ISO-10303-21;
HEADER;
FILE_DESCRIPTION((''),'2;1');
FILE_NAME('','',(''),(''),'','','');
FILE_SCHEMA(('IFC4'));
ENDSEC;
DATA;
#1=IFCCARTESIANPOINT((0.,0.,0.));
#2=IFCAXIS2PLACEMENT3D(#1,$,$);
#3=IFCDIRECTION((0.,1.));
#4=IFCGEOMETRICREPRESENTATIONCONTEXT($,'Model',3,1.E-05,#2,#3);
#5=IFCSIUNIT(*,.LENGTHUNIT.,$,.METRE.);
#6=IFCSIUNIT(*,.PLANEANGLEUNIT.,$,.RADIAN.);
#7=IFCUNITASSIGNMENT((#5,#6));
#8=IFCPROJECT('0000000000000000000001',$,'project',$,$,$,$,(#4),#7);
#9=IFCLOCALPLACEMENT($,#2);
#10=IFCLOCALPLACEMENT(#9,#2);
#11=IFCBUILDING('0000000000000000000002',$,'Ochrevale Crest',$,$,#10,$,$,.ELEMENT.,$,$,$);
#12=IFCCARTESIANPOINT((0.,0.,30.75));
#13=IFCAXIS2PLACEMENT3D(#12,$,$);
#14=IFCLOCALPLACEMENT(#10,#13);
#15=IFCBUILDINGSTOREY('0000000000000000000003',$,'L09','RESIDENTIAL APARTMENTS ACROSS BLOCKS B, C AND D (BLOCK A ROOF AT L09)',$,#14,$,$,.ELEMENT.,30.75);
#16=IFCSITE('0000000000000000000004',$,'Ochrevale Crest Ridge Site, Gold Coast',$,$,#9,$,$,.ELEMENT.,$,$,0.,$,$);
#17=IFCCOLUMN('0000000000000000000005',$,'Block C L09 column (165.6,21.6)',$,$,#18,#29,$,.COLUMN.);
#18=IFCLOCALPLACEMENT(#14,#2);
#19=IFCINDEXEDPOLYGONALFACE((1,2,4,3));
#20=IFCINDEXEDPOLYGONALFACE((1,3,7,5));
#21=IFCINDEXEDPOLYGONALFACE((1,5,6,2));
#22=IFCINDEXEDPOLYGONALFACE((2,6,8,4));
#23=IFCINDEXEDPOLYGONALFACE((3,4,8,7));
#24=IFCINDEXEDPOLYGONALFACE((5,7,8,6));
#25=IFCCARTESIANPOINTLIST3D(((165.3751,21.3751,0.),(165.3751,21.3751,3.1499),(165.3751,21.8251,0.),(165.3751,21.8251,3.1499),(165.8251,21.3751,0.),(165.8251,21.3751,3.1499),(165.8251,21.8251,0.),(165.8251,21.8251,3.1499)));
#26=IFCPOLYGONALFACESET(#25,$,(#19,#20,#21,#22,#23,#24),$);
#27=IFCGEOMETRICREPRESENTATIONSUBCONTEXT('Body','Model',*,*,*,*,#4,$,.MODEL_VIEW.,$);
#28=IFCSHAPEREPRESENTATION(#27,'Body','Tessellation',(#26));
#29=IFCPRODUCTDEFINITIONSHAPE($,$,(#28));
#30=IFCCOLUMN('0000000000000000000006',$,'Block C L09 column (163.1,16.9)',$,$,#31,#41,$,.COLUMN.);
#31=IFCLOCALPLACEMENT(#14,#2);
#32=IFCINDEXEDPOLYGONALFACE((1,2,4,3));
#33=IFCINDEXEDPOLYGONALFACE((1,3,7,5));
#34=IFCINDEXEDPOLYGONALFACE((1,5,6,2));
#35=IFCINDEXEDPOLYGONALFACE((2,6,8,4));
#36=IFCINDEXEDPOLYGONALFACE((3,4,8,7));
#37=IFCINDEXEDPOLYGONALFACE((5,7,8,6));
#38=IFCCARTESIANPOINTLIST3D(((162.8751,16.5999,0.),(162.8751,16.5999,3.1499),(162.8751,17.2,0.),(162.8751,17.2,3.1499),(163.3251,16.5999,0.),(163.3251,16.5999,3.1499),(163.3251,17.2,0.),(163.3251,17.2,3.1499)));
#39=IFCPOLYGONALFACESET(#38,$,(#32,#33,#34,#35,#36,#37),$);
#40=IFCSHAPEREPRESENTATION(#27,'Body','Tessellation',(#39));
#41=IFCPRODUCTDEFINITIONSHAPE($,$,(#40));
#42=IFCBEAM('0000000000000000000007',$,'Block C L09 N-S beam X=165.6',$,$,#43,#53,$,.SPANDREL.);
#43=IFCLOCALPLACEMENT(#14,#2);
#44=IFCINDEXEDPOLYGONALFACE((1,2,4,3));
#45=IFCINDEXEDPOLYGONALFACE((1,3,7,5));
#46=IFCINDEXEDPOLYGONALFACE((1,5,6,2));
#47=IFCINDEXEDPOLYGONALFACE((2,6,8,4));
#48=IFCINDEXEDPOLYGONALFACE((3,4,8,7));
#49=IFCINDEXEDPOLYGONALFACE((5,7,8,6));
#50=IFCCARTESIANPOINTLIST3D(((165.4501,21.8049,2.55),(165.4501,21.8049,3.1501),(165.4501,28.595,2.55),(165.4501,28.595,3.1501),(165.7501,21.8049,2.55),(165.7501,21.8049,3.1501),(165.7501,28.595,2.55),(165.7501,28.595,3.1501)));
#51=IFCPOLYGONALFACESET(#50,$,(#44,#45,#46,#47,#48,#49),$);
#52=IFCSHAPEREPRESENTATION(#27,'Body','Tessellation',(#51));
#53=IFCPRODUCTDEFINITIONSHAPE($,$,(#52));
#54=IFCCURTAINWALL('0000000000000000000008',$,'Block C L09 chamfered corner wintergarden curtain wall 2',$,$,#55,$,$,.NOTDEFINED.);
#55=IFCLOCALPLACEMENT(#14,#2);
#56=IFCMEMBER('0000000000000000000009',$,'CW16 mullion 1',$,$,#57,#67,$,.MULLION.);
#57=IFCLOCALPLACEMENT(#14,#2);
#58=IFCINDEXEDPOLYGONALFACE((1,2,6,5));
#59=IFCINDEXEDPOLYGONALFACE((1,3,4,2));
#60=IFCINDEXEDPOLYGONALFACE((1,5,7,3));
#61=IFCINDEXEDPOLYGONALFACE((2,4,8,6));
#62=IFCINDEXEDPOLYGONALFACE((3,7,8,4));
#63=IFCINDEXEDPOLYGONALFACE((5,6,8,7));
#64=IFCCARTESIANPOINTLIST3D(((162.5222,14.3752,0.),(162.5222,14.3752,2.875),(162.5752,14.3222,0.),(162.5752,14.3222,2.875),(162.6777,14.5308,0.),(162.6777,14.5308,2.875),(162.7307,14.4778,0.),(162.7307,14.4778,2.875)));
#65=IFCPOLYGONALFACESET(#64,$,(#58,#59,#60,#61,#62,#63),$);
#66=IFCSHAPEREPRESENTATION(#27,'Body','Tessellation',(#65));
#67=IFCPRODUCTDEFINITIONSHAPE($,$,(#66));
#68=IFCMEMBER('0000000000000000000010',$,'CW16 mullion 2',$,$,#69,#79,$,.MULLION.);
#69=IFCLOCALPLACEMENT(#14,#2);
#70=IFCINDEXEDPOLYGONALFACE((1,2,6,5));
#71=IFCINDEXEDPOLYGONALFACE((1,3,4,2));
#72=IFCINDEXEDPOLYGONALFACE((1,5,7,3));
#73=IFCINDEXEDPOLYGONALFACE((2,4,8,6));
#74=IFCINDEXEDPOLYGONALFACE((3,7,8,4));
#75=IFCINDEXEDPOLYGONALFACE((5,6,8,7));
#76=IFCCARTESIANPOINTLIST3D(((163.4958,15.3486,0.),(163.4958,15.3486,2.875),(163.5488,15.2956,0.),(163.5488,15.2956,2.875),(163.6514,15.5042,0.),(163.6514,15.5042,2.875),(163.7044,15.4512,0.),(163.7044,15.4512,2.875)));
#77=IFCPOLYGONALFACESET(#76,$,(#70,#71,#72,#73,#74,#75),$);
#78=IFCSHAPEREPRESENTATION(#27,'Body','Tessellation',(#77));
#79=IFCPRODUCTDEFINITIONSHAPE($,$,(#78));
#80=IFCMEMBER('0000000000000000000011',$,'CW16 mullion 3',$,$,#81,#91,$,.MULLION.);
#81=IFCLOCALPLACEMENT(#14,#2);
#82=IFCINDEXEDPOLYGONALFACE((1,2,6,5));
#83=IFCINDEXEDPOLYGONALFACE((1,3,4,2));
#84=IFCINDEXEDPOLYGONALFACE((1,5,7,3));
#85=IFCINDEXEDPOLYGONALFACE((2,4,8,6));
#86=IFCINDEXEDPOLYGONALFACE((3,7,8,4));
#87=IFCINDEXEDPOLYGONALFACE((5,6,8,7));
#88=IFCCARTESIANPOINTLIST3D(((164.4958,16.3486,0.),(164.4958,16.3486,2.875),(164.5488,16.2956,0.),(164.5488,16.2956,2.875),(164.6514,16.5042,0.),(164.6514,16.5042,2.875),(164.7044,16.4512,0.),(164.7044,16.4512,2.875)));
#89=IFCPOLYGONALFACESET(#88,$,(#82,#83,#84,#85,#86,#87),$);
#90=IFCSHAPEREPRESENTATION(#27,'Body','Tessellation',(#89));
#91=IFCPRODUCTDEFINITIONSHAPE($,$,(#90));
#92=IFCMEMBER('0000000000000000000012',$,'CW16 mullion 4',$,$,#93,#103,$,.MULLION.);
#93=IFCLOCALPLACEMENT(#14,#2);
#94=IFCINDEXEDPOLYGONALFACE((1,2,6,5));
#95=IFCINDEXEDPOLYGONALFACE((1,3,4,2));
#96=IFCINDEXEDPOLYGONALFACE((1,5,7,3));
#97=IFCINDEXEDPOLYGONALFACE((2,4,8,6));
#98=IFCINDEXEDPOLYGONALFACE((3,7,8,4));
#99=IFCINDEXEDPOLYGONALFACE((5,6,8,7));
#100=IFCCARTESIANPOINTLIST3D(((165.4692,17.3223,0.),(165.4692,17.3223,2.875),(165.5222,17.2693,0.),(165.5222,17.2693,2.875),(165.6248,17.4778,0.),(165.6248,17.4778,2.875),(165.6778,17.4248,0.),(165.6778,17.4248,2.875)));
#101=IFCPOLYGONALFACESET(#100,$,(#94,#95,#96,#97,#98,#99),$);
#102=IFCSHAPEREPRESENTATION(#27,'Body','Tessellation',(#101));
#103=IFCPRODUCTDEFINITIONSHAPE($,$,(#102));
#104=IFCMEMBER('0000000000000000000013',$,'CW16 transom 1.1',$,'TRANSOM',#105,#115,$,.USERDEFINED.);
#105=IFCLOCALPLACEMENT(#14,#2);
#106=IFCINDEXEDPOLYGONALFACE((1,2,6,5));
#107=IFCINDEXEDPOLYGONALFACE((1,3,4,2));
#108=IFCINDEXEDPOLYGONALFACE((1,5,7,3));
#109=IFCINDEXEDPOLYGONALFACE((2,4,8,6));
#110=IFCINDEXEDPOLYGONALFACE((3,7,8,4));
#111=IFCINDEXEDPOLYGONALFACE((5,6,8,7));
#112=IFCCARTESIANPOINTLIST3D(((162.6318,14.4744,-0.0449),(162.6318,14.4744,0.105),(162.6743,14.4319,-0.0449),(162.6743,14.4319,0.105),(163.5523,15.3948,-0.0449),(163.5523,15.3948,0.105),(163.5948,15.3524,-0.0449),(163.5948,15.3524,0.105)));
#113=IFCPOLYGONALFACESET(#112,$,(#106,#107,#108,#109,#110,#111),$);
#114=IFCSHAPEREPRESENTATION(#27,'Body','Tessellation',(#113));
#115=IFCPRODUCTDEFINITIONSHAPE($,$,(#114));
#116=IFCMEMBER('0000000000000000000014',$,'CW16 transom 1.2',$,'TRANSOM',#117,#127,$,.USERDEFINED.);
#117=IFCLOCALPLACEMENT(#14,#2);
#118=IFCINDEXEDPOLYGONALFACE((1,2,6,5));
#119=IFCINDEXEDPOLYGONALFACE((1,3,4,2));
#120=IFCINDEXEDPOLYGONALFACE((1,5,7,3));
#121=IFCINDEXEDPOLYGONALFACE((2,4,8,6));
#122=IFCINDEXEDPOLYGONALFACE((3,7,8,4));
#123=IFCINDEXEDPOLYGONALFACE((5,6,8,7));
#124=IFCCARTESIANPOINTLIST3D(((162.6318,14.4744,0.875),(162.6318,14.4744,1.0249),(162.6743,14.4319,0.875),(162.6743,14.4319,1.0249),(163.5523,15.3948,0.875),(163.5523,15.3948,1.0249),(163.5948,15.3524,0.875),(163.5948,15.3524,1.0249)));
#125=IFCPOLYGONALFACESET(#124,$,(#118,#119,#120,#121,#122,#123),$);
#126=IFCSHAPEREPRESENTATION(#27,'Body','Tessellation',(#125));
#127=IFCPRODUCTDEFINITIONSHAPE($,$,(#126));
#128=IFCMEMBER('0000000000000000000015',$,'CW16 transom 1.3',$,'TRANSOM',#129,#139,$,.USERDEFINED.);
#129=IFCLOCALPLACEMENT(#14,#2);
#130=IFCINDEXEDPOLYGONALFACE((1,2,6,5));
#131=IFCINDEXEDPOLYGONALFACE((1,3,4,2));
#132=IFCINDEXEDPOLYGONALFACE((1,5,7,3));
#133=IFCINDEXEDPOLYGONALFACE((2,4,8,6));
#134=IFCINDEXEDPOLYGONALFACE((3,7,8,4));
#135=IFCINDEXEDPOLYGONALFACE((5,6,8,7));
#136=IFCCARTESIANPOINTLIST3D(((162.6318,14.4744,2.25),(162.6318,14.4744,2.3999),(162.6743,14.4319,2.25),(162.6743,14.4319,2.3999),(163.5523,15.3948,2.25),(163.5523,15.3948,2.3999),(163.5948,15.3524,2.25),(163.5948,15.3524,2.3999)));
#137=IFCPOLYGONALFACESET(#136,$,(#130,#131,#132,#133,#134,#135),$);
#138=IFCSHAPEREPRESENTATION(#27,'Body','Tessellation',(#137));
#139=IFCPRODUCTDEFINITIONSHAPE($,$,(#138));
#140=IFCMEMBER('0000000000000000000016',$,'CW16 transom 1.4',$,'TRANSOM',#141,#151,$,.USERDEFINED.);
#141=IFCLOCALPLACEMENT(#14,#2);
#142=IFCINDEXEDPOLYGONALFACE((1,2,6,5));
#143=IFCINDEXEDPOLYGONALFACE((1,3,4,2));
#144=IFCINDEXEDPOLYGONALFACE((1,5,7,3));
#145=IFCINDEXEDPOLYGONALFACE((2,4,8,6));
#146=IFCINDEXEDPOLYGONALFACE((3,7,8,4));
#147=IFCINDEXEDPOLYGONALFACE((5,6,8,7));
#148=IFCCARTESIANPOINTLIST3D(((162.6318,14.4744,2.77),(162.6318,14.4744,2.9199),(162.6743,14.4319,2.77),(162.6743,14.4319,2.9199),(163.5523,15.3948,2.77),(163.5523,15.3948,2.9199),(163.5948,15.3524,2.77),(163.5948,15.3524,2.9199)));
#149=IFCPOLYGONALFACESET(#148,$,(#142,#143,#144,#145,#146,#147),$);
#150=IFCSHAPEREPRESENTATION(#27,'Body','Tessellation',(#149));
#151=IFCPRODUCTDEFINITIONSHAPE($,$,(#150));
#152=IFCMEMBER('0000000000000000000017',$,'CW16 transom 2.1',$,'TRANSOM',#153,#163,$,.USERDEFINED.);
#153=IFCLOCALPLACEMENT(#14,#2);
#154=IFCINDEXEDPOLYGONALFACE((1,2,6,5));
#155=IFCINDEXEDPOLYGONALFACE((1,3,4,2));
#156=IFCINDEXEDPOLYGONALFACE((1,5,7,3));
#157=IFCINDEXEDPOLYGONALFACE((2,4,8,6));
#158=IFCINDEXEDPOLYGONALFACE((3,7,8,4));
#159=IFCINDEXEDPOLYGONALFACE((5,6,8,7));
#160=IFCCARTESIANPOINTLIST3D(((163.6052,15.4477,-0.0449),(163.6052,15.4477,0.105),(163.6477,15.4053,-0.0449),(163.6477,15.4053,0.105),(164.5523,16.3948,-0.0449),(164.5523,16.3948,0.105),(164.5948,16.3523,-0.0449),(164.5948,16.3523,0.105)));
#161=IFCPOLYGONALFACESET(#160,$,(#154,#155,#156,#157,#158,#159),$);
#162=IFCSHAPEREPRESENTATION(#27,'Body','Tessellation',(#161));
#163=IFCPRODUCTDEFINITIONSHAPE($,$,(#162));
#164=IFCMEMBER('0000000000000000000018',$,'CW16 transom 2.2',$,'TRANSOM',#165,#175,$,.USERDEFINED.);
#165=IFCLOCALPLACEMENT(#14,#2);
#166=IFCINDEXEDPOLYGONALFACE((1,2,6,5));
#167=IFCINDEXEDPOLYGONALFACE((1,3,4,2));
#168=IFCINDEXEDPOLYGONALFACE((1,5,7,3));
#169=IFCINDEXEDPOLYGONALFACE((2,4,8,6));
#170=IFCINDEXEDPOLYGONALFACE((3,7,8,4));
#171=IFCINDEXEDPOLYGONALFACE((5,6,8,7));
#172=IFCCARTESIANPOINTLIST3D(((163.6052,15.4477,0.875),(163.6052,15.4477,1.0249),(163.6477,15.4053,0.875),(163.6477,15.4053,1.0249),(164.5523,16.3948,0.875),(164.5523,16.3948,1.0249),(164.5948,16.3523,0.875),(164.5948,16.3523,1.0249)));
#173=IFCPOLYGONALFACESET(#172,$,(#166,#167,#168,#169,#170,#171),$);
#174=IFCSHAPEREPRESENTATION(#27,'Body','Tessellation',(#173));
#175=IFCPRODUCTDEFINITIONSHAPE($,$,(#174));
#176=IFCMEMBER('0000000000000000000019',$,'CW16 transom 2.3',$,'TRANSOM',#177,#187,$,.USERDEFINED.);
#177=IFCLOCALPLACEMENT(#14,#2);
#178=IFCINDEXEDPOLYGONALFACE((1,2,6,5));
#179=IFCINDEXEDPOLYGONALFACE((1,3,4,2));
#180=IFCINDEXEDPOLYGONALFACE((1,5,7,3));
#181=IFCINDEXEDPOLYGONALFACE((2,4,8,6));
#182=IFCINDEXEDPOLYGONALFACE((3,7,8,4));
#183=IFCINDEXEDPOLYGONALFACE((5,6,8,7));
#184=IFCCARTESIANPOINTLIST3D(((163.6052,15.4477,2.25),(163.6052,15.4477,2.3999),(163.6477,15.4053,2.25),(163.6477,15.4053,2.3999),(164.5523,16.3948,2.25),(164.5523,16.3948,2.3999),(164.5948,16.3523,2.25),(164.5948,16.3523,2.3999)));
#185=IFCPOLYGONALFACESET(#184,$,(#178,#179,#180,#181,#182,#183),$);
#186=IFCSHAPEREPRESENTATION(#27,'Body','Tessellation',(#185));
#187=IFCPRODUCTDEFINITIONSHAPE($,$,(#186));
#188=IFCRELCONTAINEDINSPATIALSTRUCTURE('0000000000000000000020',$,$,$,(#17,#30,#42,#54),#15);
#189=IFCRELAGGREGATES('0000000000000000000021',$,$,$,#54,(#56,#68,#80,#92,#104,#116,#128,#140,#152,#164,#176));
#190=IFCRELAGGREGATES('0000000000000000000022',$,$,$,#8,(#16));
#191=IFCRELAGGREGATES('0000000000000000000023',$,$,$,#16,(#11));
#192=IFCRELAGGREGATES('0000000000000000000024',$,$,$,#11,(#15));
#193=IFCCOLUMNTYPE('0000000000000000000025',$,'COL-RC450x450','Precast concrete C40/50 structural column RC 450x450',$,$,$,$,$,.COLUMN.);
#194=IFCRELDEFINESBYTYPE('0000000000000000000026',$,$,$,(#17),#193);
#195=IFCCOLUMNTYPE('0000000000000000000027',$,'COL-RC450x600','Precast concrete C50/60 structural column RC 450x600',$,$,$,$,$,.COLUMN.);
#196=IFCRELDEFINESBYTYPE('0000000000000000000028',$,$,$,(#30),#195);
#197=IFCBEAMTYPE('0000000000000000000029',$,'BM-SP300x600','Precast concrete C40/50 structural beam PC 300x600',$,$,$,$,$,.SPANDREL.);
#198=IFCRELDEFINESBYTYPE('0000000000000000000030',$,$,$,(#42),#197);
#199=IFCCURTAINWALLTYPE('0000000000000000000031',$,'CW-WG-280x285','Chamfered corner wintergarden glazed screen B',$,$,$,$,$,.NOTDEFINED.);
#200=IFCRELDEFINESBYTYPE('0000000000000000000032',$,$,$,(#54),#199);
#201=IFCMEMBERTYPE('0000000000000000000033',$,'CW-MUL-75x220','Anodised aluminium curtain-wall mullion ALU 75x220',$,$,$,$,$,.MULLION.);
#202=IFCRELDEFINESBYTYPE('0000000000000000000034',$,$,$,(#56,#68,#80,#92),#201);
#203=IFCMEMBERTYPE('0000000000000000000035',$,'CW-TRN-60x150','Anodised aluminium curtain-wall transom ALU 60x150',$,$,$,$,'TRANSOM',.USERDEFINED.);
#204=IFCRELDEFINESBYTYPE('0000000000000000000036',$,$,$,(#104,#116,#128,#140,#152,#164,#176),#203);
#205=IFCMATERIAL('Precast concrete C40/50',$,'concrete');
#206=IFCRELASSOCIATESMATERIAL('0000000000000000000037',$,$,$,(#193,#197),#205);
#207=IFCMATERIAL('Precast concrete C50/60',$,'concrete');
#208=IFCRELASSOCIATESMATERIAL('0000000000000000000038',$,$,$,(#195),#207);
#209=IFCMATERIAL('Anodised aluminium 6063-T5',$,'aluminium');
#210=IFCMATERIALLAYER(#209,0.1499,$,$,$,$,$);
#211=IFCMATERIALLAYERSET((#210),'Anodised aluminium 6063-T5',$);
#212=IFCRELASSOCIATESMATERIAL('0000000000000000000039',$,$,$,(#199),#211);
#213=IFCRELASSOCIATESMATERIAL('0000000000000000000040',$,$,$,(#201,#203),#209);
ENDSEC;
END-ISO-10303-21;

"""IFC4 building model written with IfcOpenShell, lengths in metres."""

from ifc_helpers import new_model, si_unit, direction, frame, origin, origin_2d, place, context, subcontext, project, spatial, rectangle, extrude, material, layer, layer_set, material_profile, profile_set, type_object, element, aggregate, save


model = new_model("IFC4")

# Units and contexts
model_context = context("Model", 3, precision=1e-05, world=origin(), true_north=direction((0.0, 1.0)))
body_context = subcontext(model_context, "Body", "Model", "MODEL_VIEW")
ifc_project = project(units=[si_unit("LENGTHUNIT", "METRE"), si_unit("PLANEANGLEUNIT", "RADIAN")], contexts=[model_context])

# Site, building, storey
site_placement = place(None, origin())
site = spatial("IfcSite", under=ifc_project, at=site_placement, Name="Ochrevale Crest Ridge Site, Gold Coast", CompositionType="ELEMENT", RefElevation=0.0)
building_placement = place(site_placement, origin())
building = spatial("IfcBuilding", under=site, at=building_placement, Name="Ochrevale Crest", CompositionType="ELEMENT")
storey_placement = place(building_placement, frame((0.0, 0.0, 30.75)))
storey = spatial("IfcBuildingStorey", under=building, at=storey_placement, Name="L09", Description="RESIDENTIAL APARTMENTS ACROSS BLOCKS B, C AND D (BLOCK A ROOF AT L09)", CompositionType="ELEMENT", Elevation=30.75)

# Columns
ifc_material_1 = material(Name="Precast concrete C40/50", Category="concrete")
ifc_material_profile_1 = material_profile(ifc_material_1, rectangle(XDim=0.45, YDim=0.45, at=origin_2d()), Name="RC 450x450")
ifc_profile_set_1 = profile_set([ifc_material_profile_1], Name="Precast concrete C40/50")
column_type_1 = type_object("IfcColumnType", Name="COL-RC450x450", Description="Precast concrete C40/50 structural column RC 450x450", PredefinedType="COLUMN", material=ifc_profile_set_1)
column_1_placement = place(storey_placement, frame((165.6001, 21.6001, 0.0), z_axis=(0.0, 0.0, 1.0), x_axis=(1.0, 0.0, 0.0)))
element("IfcColumn", 1, at=column_1_placement, inside=storey, type_object=column_type_1, Name="Block C L09 column (165.6,21.6)", PredefinedType="COLUMN", context=body_context, shape_type="SweptSolid", body=[
    extrude(rectangle(XDim=0.45, YDim=0.45, at=origin_2d()), origin(), (0.0, 0.0, 1.0), 3.1499),
])
ifc_material_2 = material(Name="Precast concrete C50/60", Category="concrete")
ifc_material_profile_2 = material_profile(ifc_material_2, rectangle(XDim=0.45, YDim=0.6001, at=origin_2d()), Name="RC 450x600")
ifc_profile_set_2 = profile_set([ifc_material_profile_2], Name="Precast concrete C50/60")
column_type_2 = type_object("IfcColumnType", Name="COL-RC450x600", Description="Precast concrete C50/60 structural column RC 450x600", PredefinedType="COLUMN", material=ifc_profile_set_2)
column_2_placement = place(storey_placement, frame((163.1001, 16.8999, 0.0), z_axis=(0.0, 0.0, 1.0), x_axis=(1.0, 0.0, 0.0)))
element("IfcColumn", 2, at=column_2_placement, inside=storey, type_object=column_type_2, Name="Block C L09 column (163.1,16.9)", PredefinedType="COLUMN", context=body_context, shape_type="SweptSolid", body=[
    extrude(rectangle(XDim=0.45, YDim=0.6001, at=origin_2d()), origin(), (0.0, 0.0, 1.0), 3.1499),
])

# Beam
ifc_material_profile_3 = material_profile(ifc_material_1, rectangle(XDim=0.3, YDim=0.6001, at=origin_2d()), Name="PC 300x600")
ifc_profile_set_3 = profile_set([ifc_material_profile_3], Name="Precast concrete C40/50")
beam_type = type_object("IfcBeamType", Name="BM-SP300x600", Description="Precast concrete C40/50 structural beam PC 300x600", PredefinedType="SPANDREL", material=ifc_profile_set_3)
beam_placement = place(storey_placement, frame((165.6001, 21.8049, 2.8501), z_axis=(0.0, 1.0, 0.0), x_axis=(-1.0, 0.0, 0.0)))
element("IfcBeam", 3, at=beam_placement, inside=storey, type_object=beam_type, Name="Block C L09 N-S beam X=165.6", PredefinedType="SPANDREL", context=body_context, shape_type="SweptSolid", body=[
    extrude(rectangle(XDim=0.3, YDim=0.6001, at=origin_2d()), origin(), (0.0, 0.0, 1.0), 6.79),
])

# Curtain wall, members
ifc_material_3 = material(Name="Anodised aluminium 6063-T5", Category="aluminium")
ifc_layer_1 = layer(ifc_material_3, 0.1499)
ifc_layer_set_1 = layer_set([ifc_layer_1], Name="Anodised aluminium 6063-T5")
curtain_wall_type = type_object("IfcCurtainWallType", Name="CW-WG-280x285", Description="Chamfered corner wintergarden glazed screen B", PredefinedType="NOTDEFINED", material=ifc_layer_set_1)
curtain_wall_placement = place(storey_placement, origin())
curtain_wall = element("IfcCurtainWall", 4, at=curtain_wall_placement, inside=storey, type_object=curtain_wall_type, Name="Block C L09 chamfered corner wintergarden curtain wall 2", PredefinedType="NOTDEFINED")
ifc_material_profile_4 = material_profile(ifc_material_3, rectangle(XDim=0.075, YDim=0.22, at=origin_2d()), Name="ALU 75x220")
ifc_profile_set_4 = profile_set([ifc_material_profile_4], Name="Anodised aluminium 6063-T5")
member_type_1 = type_object("IfcMemberType", Name="CW-MUL-75x220", Description="Anodised aluminium curtain-wall mullion ALU 75x220", PredefinedType="MULLION", material=ifc_profile_set_4)
member_1_placement = place(storey_placement, frame((162.6265, 14.4265, 0.0), z_axis=(0.0, 0.0, 1.0), x_axis=(-0.707107, 0.707107, 0.0)))
member_1 = element("IfcMember", 5, at=member_1_placement, type_object=member_type_1, Name="CW16 mullion 1", PredefinedType="MULLION", context=body_context, shape_type="SweptSolid", body=[
    extrude(rectangle(XDim=0.075, YDim=0.22, at=origin_2d()), origin(), (0.0, 0.0, 1.0), 2.875),
])
member_2_placement = place(storey_placement, frame((163.6001, 15.3999, 0.0), z_axis=(0.0, 0.0, 1.0), x_axis=(-0.707107, 0.707107, 0.0)))
member_2 = element("IfcMember", 6, at=member_2_placement, type_object=member_type_1, Name="CW16 mullion 2", PredefinedType="MULLION", context=body_context, shape_type="SweptSolid", body=[
    extrude(rectangle(XDim=0.075, YDim=0.22, at=origin_2d()), origin(), (0.0, 0.0, 1.0), 2.875),
])
member_3_placement = place(storey_placement, frame((164.6001, 16.3999, 0.0), z_axis=(0.0, 0.0, 1.0), x_axis=(-0.707107, 0.707107, 0.0)))
member_3 = element("IfcMember", 7, at=member_3_placement, type_object=member_type_1, Name="CW16 mullion 3", PredefinedType="MULLION", context=body_context, shape_type="SweptSolid", body=[
    extrude(rectangle(XDim=0.075, YDim=0.22, at=origin_2d()), origin(), (0.0, 0.0, 1.0), 2.875),
])
member_4_placement = place(storey_placement, frame((165.5735, 17.3735, 0.0), z_axis=(0.0, 0.0, 1.0), x_axis=(-0.707107, 0.707107, 0.0)))
member_4 = element("IfcMember", 8, at=member_4_placement, type_object=member_type_1, Name="CW16 mullion 4", PredefinedType="MULLION", context=body_context, shape_type="SweptSolid", body=[
    extrude(rectangle(XDim=0.075, YDim=0.22, at=origin_2d()), origin(), (0.0, 0.0, 1.0), 2.875),
])
ifc_material_profile_5 = material_profile(ifc_material_3, rectangle(XDim=0.0601, YDim=0.1499, at=origin_2d()), Name="ALU 60x150")
ifc_profile_set_5 = profile_set([ifc_material_profile_5], Name="Anodised aluminium 6063-T5")
member_type_2 = type_object("IfcMemberType", Name="CW-TRN-60x150", Description="Anodised aluminium curtain-wall transom ALU 60x150", ElementType="TRANSOM", PredefinedType="USERDEFINED", material=ifc_profile_set_5)
member_5_placement = place(storey_placement, frame((162.6531, 14.4531, 0.03), z_axis=(0.707107, 0.707107, 0.0), x_axis=(-0.707107, 0.707107, 0.0)))
member_5 = element("IfcMember", 9, at=member_5_placement, type_object=member_type_2, Name="CW16 transom 1.1", ObjectType="TRANSOM", PredefinedType="USERDEFINED", context=body_context, shape_type="SweptSolid", body=[
    extrude(rectangle(XDim=0.0601, YDim=0.1499, at=origin_2d()), origin(), (0.0, 0.0, 1.0), 1.3018),
])
member_6_placement = place(storey_placement, frame((162.6531, 14.4531, 0.95), z_axis=(0.707107, 0.707107, 0.0), x_axis=(-0.707107, 0.707107, 0.0)))
member_6 = element("IfcMember", 10, at=member_6_placement, type_object=member_type_2, Name="CW16 transom 1.2", ObjectType="TRANSOM", PredefinedType="USERDEFINED", context=body_context, shape_type="SweptSolid", body=[
    extrude(rectangle(XDim=0.0601, YDim=0.1499, at=origin_2d()), origin(), (0.0, 0.0, 1.0), 1.3018),
])
member_7_placement = place(storey_placement, frame((162.6531, 14.4531, 2.325), z_axis=(0.707107, 0.707107, 0.0), x_axis=(-0.707107, 0.707107, 0.0)))
member_7 = element("IfcMember", 11, at=member_7_placement, type_object=member_type_2, Name="CW16 transom 1.3", ObjectType="TRANSOM", PredefinedType="USERDEFINED", context=body_context, shape_type="SweptSolid", body=[
    extrude(rectangle(XDim=0.0601, YDim=0.1499, at=origin_2d()), origin(), (0.0, 0.0, 1.0), 1.3018),
])
member_8_placement = place(storey_placement, frame((162.6531, 14.4531, 2.845), z_axis=(0.707107, 0.707107, 0.0), x_axis=(-0.707107, 0.707107, 0.0)))
member_8 = element("IfcMember", 12, at=member_8_placement, type_object=member_type_2, Name="CW16 transom 1.4", ObjectType="TRANSOM", PredefinedType="USERDEFINED", context=body_context, shape_type="SweptSolid", body=[
    extrude(rectangle(XDim=0.0601, YDim=0.1499, at=origin_2d()), origin(), (0.0, 0.0, 1.0), 1.3018),
])
member_9_placement = place(storey_placement, frame((163.6265, 15.4265, 0.03), z_axis=(0.707107, 0.707107, 0.0), x_axis=(-0.707107, 0.707107, 0.0)))
member_9 = element("IfcMember", 13, at=member_9_placement, type_object=member_type_2, Name="CW16 transom 2.1", ObjectType="TRANSOM", PredefinedType="USERDEFINED", context=body_context, shape_type="SweptSolid", body=[
    extrude(rectangle(XDim=0.0601, YDim=0.1499, at=origin_2d()), origin(), (0.0, 0.0, 1.0), 1.3394),
])
member_10_placement = place(storey_placement, frame((163.6265, 15.4265, 0.95), z_axis=(0.707107, 0.707107, 0.0), x_axis=(-0.707107, 0.707107, 0.0)))
member_10 = element("IfcMember", 14, at=member_10_placement, type_object=member_type_2, Name="CW16 transom 2.2", ObjectType="TRANSOM", PredefinedType="USERDEFINED", context=body_context, shape_type="SweptSolid", body=[
    extrude(rectangle(XDim=0.0601, YDim=0.1499, at=origin_2d()), origin(), (0.0, 0.0, 1.0), 1.3394),
])
member_11_placement = place(storey_placement, frame((163.6265, 15.4265, 2.325), z_axis=(0.707107, 0.707107, 0.0), x_axis=(-0.707107, 0.707107, 0.0)))
member_11 = element("IfcMember", 15, at=member_11_placement, type_object=member_type_2, Name="CW16 transom 2.3", ObjectType="TRANSOM", PredefinedType="USERDEFINED", context=body_context, shape_type="SweptSolid", body=[
    extrude(rectangle(XDim=0.0601, YDim=0.1499, at=origin_2d()), origin(), (0.0, 0.0, 1.0), 1.3394),
])
aggregate(curtain_wall, [member_1, member_2, member_3, member_4, member_5, member_6, member_7, member_8, member_9, member_10, member_11])

save(model, "model.ifc")
